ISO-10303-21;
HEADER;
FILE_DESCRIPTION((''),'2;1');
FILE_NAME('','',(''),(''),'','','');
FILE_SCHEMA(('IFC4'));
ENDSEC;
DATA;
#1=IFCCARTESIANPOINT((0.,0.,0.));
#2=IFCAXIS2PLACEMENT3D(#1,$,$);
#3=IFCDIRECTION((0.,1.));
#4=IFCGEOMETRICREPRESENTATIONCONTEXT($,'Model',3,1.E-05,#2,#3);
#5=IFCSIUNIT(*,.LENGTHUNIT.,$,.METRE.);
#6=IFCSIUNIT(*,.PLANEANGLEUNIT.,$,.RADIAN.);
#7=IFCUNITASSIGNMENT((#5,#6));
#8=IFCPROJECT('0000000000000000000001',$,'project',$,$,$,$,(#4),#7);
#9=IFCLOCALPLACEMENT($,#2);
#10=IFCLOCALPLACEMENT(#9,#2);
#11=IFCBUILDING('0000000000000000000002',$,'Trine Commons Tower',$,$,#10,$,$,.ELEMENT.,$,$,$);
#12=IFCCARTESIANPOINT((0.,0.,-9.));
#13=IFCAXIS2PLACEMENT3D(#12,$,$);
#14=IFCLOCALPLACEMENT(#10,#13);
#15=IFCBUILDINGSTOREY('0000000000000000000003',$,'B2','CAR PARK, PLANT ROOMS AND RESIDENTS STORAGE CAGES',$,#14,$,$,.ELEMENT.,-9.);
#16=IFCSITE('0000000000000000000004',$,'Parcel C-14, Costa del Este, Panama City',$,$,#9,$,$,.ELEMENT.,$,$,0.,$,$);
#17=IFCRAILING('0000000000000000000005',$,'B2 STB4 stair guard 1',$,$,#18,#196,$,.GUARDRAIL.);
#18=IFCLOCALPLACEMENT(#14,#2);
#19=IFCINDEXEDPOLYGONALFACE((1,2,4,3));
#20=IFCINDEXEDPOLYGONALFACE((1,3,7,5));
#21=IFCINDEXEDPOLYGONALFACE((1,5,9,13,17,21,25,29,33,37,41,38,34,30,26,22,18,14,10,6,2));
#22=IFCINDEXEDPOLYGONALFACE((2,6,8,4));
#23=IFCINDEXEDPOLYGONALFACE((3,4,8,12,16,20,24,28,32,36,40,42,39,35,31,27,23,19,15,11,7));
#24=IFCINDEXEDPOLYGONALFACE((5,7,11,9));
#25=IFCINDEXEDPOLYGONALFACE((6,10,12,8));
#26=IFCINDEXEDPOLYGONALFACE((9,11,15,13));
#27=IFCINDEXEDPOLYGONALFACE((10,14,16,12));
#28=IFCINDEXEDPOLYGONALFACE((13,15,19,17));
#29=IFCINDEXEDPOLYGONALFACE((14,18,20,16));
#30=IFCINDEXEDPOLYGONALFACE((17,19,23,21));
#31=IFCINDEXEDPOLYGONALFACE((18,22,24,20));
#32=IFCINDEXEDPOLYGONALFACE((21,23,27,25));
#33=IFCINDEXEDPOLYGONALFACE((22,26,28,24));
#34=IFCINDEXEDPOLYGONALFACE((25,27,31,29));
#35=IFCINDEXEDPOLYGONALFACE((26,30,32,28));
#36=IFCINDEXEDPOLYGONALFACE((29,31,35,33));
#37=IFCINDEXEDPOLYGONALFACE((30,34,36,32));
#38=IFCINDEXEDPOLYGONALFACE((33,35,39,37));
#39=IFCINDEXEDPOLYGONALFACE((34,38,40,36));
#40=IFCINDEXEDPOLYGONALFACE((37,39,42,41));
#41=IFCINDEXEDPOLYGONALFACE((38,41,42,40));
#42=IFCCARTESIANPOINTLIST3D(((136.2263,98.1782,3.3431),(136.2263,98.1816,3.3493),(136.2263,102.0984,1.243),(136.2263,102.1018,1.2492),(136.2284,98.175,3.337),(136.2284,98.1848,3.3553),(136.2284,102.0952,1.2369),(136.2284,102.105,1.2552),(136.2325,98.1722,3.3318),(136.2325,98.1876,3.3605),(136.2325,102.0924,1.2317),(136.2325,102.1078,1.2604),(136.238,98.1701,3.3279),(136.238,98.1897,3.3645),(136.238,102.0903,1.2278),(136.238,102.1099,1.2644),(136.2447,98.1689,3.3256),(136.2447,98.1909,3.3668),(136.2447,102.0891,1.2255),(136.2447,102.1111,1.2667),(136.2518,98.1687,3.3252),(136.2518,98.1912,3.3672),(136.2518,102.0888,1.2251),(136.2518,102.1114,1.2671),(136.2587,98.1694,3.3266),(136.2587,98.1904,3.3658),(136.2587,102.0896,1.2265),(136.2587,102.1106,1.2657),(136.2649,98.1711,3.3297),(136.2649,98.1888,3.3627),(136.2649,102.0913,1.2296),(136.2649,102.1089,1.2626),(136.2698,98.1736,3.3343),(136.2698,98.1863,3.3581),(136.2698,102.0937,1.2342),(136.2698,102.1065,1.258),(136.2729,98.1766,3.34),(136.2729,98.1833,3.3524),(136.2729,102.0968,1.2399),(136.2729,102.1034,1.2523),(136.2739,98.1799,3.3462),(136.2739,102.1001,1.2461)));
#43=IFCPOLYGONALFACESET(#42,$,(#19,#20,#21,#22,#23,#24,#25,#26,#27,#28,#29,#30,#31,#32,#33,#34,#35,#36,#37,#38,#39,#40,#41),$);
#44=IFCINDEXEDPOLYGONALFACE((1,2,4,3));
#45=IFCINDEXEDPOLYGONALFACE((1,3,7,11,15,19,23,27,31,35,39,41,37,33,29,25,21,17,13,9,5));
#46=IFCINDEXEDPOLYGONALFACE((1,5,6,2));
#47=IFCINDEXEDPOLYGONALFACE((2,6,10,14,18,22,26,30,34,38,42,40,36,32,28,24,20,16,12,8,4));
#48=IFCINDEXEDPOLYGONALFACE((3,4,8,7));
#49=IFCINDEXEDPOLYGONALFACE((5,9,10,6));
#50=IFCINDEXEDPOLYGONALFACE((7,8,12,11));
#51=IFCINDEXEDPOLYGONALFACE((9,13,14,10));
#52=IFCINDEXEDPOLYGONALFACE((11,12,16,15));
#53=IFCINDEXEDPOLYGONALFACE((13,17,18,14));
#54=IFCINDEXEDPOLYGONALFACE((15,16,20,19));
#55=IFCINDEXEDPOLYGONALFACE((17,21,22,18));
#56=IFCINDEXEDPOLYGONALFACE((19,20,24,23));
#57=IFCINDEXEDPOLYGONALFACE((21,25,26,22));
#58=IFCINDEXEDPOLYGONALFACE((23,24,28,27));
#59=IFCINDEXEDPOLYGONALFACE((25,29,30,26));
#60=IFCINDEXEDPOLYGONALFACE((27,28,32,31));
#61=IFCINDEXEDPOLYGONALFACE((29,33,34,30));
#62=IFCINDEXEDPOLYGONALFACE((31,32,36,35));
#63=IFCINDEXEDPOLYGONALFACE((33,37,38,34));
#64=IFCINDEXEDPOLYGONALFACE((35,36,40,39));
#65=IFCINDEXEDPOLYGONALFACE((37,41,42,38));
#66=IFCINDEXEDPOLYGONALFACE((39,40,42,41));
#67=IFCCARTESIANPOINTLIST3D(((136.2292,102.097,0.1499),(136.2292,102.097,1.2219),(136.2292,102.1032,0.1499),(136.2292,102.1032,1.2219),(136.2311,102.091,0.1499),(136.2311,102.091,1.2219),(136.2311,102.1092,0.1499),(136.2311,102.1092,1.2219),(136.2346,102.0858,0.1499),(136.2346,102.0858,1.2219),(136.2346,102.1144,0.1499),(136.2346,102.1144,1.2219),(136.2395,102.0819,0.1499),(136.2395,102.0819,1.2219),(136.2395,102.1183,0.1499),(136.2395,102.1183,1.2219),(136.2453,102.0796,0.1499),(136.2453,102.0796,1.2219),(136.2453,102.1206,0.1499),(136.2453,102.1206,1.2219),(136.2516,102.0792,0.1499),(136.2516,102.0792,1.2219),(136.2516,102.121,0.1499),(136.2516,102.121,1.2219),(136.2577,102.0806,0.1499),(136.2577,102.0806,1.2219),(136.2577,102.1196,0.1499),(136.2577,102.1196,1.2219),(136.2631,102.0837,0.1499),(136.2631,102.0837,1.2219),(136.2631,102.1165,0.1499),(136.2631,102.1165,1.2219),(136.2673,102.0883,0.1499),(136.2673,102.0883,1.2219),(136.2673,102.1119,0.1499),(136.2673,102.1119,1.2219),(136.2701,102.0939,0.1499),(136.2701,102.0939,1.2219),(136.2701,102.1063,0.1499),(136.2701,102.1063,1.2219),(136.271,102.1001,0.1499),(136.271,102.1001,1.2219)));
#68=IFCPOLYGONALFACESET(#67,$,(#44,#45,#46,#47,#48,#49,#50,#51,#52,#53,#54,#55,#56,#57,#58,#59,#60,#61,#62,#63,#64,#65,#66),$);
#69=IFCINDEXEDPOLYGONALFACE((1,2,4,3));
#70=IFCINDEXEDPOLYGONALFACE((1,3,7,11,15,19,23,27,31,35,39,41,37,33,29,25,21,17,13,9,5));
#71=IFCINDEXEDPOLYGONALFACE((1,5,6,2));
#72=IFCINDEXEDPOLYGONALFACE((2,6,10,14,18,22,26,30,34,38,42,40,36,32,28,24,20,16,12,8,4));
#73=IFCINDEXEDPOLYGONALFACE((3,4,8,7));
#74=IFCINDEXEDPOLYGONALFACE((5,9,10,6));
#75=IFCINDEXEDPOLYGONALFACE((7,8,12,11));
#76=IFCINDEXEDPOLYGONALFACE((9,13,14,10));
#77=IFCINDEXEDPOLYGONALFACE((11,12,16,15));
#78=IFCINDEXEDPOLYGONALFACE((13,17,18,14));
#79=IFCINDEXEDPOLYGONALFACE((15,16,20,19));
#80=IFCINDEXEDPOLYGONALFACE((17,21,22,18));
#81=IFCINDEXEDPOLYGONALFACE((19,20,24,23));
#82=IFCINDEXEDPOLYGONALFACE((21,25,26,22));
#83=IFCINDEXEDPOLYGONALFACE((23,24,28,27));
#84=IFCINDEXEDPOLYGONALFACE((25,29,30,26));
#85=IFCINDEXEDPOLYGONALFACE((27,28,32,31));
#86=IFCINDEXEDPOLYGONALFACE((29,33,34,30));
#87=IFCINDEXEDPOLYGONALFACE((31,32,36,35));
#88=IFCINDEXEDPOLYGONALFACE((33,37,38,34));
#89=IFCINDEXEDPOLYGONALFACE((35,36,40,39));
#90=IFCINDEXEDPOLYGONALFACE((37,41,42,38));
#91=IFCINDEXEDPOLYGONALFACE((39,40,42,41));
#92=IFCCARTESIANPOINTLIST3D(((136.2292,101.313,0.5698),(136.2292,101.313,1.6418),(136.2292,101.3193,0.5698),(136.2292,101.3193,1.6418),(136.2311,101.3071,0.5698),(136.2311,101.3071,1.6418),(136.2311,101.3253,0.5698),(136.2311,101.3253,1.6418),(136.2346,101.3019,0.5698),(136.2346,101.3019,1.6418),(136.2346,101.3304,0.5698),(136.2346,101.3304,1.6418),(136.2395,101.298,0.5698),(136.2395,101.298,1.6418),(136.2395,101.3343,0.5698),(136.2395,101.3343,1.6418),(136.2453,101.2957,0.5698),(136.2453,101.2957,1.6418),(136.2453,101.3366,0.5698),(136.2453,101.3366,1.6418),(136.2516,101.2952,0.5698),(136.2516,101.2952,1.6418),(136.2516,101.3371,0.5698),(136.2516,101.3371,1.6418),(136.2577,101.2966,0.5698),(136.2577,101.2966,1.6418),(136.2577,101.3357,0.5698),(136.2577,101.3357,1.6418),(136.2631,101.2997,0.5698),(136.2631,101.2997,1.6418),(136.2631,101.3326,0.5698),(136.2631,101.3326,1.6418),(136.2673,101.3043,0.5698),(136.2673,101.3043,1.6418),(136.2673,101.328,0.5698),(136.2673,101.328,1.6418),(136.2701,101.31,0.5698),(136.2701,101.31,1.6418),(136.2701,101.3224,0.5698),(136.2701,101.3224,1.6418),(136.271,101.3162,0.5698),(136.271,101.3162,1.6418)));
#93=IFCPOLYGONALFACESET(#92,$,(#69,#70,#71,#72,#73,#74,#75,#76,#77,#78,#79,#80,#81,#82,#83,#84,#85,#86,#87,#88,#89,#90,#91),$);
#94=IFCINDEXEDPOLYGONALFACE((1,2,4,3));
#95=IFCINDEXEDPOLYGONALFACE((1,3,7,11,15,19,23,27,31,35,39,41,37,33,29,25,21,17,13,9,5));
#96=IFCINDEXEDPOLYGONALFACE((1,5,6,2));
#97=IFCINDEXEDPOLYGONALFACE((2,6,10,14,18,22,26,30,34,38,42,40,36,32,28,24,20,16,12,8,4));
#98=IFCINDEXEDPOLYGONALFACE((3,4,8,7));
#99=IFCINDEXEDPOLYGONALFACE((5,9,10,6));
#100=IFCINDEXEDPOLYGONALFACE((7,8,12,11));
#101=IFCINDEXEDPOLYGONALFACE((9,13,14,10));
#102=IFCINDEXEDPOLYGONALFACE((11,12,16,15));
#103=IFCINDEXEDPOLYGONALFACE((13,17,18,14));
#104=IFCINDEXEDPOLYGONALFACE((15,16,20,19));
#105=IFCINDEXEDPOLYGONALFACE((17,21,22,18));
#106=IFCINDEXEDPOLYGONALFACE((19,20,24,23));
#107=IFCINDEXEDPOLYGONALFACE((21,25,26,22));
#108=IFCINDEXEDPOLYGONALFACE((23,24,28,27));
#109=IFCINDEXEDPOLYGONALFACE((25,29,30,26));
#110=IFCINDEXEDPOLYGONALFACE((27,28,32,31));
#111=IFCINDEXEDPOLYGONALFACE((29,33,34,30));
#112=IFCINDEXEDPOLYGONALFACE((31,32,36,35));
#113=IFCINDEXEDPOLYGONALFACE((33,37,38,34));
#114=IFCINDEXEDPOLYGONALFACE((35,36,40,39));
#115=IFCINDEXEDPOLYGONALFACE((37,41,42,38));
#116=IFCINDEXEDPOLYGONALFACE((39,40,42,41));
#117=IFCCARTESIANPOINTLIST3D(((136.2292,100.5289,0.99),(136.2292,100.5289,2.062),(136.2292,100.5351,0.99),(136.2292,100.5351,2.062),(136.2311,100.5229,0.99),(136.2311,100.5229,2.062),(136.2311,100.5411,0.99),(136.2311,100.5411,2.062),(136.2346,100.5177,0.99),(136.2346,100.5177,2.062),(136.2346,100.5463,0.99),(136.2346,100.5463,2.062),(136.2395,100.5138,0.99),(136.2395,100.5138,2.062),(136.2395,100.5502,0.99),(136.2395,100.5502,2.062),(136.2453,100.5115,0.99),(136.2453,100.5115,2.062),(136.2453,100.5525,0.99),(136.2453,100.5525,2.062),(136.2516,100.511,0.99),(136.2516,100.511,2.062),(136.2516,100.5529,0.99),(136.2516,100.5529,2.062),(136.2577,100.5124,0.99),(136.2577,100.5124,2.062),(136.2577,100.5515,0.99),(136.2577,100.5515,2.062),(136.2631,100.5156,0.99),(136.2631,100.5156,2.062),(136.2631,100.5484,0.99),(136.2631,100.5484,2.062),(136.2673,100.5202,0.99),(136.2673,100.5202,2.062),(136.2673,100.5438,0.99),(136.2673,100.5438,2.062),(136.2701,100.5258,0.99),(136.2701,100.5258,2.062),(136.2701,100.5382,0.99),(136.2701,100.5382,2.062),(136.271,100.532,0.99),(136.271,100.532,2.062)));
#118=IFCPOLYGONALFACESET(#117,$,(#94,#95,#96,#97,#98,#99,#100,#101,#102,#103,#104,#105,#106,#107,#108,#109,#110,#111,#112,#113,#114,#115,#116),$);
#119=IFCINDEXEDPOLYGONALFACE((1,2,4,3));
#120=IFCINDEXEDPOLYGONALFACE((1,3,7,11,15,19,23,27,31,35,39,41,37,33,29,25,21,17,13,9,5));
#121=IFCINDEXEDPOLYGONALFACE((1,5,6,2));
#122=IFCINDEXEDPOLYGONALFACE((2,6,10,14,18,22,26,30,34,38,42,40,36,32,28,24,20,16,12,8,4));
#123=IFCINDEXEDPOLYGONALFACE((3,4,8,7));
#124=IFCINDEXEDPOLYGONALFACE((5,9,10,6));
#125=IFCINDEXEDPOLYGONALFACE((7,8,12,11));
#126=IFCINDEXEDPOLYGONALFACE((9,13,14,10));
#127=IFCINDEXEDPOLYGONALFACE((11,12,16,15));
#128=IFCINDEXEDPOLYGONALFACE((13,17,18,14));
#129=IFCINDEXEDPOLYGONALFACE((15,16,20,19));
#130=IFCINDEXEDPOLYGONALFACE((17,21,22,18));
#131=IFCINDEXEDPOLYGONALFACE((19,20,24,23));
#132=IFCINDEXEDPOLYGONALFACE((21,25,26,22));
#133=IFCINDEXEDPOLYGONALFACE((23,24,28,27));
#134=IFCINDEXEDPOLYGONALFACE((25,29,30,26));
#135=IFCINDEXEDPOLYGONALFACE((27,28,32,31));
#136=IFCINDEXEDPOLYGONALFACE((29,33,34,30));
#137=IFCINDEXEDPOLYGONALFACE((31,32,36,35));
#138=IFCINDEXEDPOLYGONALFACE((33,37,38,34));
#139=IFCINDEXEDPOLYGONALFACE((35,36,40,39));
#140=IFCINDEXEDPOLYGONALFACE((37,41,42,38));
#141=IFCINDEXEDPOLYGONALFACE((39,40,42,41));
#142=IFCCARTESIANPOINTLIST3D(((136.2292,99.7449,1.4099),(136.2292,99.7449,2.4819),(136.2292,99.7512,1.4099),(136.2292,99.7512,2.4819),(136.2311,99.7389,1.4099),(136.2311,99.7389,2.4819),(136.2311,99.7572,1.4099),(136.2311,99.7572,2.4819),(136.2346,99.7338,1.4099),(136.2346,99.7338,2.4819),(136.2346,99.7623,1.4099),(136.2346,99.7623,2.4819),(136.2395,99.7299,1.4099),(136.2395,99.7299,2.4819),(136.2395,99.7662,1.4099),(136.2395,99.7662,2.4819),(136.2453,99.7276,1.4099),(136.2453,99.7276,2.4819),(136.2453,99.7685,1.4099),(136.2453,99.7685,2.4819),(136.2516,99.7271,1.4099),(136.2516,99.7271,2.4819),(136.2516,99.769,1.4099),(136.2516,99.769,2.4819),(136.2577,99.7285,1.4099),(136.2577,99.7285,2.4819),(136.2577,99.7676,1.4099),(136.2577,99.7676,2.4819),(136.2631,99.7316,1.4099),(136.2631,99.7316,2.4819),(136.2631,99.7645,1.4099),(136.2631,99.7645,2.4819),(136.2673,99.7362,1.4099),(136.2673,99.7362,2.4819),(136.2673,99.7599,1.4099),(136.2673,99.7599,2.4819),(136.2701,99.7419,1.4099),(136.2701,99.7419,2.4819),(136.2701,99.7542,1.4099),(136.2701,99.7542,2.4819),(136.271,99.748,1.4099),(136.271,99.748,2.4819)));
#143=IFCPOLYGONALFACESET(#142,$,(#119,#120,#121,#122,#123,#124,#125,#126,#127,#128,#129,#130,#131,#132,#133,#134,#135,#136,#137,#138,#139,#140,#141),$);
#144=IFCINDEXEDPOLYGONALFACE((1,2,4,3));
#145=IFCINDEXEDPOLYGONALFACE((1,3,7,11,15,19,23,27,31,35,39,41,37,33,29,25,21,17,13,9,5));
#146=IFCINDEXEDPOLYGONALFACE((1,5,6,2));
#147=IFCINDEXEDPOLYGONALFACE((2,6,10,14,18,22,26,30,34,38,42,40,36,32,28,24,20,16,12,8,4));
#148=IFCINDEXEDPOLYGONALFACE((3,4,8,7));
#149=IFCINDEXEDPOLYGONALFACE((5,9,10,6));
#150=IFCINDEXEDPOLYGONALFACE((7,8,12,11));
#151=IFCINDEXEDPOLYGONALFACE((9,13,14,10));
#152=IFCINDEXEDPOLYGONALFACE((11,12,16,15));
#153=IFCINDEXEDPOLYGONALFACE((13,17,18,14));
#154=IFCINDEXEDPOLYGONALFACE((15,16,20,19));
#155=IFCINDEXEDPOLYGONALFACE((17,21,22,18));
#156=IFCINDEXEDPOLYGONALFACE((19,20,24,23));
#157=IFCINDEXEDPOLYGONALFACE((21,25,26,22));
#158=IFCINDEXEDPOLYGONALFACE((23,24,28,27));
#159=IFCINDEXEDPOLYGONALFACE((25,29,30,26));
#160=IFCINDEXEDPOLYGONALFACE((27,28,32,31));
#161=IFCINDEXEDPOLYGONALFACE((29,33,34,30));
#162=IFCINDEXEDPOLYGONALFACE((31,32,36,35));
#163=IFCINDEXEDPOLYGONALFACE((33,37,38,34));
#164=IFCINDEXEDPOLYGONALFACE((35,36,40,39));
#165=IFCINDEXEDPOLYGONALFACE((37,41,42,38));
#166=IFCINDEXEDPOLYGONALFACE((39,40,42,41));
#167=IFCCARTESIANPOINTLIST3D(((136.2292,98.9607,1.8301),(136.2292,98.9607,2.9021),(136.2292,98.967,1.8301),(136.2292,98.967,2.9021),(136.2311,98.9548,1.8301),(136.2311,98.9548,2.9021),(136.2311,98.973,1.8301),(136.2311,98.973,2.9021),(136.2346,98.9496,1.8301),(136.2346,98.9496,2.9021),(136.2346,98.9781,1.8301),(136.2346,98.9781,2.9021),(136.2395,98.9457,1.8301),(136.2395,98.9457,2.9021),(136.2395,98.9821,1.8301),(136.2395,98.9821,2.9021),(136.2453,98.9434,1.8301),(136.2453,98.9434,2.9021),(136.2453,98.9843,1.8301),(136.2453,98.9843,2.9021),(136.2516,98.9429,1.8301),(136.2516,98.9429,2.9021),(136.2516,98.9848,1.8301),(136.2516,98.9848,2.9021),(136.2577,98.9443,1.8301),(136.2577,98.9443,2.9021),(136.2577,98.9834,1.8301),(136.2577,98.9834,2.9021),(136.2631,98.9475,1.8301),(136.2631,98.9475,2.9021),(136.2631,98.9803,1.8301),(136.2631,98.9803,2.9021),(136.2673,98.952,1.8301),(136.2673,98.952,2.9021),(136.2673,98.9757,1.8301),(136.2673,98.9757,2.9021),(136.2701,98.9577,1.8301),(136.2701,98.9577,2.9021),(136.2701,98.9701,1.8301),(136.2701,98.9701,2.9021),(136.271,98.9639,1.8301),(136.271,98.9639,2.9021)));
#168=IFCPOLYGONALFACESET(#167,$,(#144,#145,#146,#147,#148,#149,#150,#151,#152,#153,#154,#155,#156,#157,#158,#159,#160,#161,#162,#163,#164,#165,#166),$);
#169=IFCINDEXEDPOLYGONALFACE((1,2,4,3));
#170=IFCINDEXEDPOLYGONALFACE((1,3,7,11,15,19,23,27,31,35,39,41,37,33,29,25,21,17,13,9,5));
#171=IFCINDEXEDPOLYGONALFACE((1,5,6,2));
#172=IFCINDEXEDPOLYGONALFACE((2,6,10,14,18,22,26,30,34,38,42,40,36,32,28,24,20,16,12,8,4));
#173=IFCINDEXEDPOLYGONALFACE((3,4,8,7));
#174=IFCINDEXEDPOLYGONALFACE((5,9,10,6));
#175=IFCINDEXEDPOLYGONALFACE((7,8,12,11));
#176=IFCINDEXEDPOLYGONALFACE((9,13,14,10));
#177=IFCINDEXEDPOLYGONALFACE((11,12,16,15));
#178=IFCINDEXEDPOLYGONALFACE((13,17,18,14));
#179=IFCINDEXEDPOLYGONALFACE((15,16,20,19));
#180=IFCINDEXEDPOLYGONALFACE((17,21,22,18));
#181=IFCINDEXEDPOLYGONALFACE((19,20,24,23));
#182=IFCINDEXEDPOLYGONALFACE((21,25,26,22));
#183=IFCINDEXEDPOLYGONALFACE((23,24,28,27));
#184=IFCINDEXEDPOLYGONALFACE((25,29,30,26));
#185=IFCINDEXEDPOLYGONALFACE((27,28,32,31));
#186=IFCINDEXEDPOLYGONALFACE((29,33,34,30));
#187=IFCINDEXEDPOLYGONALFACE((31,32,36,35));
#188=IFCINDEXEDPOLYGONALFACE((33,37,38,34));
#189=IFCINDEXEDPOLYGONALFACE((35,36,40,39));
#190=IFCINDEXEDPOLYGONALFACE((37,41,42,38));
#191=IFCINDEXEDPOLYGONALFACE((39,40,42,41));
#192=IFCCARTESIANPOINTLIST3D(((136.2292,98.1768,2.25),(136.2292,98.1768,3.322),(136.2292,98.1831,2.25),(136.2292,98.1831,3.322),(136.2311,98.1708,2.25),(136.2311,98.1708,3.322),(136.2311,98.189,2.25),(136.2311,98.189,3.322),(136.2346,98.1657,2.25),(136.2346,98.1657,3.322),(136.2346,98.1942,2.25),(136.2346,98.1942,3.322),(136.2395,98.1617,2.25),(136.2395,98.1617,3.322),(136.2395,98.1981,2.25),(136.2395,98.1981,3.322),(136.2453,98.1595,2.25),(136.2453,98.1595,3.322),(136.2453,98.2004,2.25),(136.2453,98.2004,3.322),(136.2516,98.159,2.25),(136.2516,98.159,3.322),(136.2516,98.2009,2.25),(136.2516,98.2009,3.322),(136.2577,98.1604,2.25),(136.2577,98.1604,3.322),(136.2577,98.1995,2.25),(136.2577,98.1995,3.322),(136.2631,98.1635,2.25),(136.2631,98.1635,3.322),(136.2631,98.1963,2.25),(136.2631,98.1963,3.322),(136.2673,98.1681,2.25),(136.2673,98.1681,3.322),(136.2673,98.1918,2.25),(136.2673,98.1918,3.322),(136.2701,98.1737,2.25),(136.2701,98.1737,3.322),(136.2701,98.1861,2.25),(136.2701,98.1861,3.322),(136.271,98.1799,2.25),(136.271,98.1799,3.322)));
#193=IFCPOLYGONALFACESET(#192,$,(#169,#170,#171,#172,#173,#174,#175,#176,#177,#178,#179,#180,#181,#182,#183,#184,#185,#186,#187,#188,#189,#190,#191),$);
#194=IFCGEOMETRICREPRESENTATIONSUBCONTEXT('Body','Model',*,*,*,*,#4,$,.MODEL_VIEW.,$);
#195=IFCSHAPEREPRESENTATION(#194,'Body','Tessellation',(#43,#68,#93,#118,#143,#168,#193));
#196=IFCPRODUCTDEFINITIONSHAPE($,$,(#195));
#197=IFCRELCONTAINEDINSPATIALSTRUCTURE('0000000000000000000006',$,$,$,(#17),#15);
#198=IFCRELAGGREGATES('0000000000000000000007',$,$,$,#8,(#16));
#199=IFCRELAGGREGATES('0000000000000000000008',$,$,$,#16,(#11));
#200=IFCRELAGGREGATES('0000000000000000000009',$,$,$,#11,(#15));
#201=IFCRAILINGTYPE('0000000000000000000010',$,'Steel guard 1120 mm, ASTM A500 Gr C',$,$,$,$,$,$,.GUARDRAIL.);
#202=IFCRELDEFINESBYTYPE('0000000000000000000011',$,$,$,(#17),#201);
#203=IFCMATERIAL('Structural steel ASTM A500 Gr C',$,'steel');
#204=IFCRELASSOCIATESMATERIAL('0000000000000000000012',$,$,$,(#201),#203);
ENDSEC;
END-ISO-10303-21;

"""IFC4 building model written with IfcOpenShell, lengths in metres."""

from ifc_helpers import new_model, si_unit, direction, frame, origin, origin_2d, place, context, subcontext, project, spatial, circle, extrude, material, type_object, element, save


model = new_model("IFC4")

# Units and contexts
model_context = context("Model", 3, precision=1e-05, world=origin(), true_north=direction((0.0, 1.0)))
body_context = subcontext(model_context, "Body", "Model", "MODEL_VIEW")
ifc_project = project(units=[si_unit("LENGTHUNIT", "METRE"), si_unit("PLANEANGLEUNIT", "RADIAN")], contexts=[model_context])

# Site, building, storey
site_placement = place(None, origin())
site = spatial("IfcSite", under=ifc_project, at=site_placement, Name="Parcel C-14, Costa del Este, Panama City", CompositionType="ELEMENT", RefElevation=0.0)
building_placement = place(site_placement, origin())
building = spatial("IfcBuilding", under=site, at=building_placement, Name="Trine Commons Tower", CompositionType="ELEMENT")
storey_placement = place(building_placement, frame((0.0, 0.0, -9.0)))
storey = spatial("IfcBuildingStorey", under=building, at=storey_placement, Name="B2", Description="CAR PARK, PLANT ROOMS AND RESIDENTS STORAGE CAGES", CompositionType="ELEMENT", Elevation=-9.0)

# Railing
ifc_material_1 = material(Name="Structural steel ASTM A500 Gr C", Category="steel")
railing_type_1 = type_object("IfcRailingType", Name="Steel guard 1120 mm, ASTM A500 Gr C", PredefinedType="GUARDRAIL", material=ifc_material_1)
railing_1_placement = place(storey_placement, frame((136.25, 102.1001, 0.1499)))
element("IfcRailing", 1, at=railing_1_placement, inside=storey, type_object=railing_type_1, Name="B2 STB4 stair guard 1", PredefinedType="GUARDRAIL", context=body_context, shape_type="SweptSolid", body=[
    extrude(circle(Radius=0.0239, at=origin_2d()), frame((0.0, 0.0, 1.0962), z_axis=(0.0, -0.881479, 0.472223), x_axis=(1.0, 0.0, 0.0)), (0.0, 0.0, 1.0), 4.4473),
    extrude(circle(Radius=0.021, at=origin_2d()), origin(), (0.0, 0.0, 1.0), 1.072),
    extrude(circle(Radius=0.021, at=origin_2d()), frame((0.0, -0.7839, 0.4199)), (0.0, 0.0, 1.0), 1.072),
    extrude(circle(Radius=0.021, at=origin_2d()), frame((0.0, -1.5681, 0.8401)), (0.0, 0.0, 1.0), 1.072),
    extrude(circle(Radius=0.021, at=origin_2d()), frame((0.0, -2.3521, 1.26)), (0.0, 0.0, 1.0), 1.072),
    extrude(circle(Radius=0.021, at=origin_2d()), frame((0.0, -3.1362, 1.6802)), (0.0, 0.0, 1.0), 1.072),
    extrude(circle(Radius=0.021, at=origin_2d()), frame((0.0, -3.9202, 2.1001)), (0.0, 0.0, 1.0), 1.072),
])

save(model, "model.ifc")
